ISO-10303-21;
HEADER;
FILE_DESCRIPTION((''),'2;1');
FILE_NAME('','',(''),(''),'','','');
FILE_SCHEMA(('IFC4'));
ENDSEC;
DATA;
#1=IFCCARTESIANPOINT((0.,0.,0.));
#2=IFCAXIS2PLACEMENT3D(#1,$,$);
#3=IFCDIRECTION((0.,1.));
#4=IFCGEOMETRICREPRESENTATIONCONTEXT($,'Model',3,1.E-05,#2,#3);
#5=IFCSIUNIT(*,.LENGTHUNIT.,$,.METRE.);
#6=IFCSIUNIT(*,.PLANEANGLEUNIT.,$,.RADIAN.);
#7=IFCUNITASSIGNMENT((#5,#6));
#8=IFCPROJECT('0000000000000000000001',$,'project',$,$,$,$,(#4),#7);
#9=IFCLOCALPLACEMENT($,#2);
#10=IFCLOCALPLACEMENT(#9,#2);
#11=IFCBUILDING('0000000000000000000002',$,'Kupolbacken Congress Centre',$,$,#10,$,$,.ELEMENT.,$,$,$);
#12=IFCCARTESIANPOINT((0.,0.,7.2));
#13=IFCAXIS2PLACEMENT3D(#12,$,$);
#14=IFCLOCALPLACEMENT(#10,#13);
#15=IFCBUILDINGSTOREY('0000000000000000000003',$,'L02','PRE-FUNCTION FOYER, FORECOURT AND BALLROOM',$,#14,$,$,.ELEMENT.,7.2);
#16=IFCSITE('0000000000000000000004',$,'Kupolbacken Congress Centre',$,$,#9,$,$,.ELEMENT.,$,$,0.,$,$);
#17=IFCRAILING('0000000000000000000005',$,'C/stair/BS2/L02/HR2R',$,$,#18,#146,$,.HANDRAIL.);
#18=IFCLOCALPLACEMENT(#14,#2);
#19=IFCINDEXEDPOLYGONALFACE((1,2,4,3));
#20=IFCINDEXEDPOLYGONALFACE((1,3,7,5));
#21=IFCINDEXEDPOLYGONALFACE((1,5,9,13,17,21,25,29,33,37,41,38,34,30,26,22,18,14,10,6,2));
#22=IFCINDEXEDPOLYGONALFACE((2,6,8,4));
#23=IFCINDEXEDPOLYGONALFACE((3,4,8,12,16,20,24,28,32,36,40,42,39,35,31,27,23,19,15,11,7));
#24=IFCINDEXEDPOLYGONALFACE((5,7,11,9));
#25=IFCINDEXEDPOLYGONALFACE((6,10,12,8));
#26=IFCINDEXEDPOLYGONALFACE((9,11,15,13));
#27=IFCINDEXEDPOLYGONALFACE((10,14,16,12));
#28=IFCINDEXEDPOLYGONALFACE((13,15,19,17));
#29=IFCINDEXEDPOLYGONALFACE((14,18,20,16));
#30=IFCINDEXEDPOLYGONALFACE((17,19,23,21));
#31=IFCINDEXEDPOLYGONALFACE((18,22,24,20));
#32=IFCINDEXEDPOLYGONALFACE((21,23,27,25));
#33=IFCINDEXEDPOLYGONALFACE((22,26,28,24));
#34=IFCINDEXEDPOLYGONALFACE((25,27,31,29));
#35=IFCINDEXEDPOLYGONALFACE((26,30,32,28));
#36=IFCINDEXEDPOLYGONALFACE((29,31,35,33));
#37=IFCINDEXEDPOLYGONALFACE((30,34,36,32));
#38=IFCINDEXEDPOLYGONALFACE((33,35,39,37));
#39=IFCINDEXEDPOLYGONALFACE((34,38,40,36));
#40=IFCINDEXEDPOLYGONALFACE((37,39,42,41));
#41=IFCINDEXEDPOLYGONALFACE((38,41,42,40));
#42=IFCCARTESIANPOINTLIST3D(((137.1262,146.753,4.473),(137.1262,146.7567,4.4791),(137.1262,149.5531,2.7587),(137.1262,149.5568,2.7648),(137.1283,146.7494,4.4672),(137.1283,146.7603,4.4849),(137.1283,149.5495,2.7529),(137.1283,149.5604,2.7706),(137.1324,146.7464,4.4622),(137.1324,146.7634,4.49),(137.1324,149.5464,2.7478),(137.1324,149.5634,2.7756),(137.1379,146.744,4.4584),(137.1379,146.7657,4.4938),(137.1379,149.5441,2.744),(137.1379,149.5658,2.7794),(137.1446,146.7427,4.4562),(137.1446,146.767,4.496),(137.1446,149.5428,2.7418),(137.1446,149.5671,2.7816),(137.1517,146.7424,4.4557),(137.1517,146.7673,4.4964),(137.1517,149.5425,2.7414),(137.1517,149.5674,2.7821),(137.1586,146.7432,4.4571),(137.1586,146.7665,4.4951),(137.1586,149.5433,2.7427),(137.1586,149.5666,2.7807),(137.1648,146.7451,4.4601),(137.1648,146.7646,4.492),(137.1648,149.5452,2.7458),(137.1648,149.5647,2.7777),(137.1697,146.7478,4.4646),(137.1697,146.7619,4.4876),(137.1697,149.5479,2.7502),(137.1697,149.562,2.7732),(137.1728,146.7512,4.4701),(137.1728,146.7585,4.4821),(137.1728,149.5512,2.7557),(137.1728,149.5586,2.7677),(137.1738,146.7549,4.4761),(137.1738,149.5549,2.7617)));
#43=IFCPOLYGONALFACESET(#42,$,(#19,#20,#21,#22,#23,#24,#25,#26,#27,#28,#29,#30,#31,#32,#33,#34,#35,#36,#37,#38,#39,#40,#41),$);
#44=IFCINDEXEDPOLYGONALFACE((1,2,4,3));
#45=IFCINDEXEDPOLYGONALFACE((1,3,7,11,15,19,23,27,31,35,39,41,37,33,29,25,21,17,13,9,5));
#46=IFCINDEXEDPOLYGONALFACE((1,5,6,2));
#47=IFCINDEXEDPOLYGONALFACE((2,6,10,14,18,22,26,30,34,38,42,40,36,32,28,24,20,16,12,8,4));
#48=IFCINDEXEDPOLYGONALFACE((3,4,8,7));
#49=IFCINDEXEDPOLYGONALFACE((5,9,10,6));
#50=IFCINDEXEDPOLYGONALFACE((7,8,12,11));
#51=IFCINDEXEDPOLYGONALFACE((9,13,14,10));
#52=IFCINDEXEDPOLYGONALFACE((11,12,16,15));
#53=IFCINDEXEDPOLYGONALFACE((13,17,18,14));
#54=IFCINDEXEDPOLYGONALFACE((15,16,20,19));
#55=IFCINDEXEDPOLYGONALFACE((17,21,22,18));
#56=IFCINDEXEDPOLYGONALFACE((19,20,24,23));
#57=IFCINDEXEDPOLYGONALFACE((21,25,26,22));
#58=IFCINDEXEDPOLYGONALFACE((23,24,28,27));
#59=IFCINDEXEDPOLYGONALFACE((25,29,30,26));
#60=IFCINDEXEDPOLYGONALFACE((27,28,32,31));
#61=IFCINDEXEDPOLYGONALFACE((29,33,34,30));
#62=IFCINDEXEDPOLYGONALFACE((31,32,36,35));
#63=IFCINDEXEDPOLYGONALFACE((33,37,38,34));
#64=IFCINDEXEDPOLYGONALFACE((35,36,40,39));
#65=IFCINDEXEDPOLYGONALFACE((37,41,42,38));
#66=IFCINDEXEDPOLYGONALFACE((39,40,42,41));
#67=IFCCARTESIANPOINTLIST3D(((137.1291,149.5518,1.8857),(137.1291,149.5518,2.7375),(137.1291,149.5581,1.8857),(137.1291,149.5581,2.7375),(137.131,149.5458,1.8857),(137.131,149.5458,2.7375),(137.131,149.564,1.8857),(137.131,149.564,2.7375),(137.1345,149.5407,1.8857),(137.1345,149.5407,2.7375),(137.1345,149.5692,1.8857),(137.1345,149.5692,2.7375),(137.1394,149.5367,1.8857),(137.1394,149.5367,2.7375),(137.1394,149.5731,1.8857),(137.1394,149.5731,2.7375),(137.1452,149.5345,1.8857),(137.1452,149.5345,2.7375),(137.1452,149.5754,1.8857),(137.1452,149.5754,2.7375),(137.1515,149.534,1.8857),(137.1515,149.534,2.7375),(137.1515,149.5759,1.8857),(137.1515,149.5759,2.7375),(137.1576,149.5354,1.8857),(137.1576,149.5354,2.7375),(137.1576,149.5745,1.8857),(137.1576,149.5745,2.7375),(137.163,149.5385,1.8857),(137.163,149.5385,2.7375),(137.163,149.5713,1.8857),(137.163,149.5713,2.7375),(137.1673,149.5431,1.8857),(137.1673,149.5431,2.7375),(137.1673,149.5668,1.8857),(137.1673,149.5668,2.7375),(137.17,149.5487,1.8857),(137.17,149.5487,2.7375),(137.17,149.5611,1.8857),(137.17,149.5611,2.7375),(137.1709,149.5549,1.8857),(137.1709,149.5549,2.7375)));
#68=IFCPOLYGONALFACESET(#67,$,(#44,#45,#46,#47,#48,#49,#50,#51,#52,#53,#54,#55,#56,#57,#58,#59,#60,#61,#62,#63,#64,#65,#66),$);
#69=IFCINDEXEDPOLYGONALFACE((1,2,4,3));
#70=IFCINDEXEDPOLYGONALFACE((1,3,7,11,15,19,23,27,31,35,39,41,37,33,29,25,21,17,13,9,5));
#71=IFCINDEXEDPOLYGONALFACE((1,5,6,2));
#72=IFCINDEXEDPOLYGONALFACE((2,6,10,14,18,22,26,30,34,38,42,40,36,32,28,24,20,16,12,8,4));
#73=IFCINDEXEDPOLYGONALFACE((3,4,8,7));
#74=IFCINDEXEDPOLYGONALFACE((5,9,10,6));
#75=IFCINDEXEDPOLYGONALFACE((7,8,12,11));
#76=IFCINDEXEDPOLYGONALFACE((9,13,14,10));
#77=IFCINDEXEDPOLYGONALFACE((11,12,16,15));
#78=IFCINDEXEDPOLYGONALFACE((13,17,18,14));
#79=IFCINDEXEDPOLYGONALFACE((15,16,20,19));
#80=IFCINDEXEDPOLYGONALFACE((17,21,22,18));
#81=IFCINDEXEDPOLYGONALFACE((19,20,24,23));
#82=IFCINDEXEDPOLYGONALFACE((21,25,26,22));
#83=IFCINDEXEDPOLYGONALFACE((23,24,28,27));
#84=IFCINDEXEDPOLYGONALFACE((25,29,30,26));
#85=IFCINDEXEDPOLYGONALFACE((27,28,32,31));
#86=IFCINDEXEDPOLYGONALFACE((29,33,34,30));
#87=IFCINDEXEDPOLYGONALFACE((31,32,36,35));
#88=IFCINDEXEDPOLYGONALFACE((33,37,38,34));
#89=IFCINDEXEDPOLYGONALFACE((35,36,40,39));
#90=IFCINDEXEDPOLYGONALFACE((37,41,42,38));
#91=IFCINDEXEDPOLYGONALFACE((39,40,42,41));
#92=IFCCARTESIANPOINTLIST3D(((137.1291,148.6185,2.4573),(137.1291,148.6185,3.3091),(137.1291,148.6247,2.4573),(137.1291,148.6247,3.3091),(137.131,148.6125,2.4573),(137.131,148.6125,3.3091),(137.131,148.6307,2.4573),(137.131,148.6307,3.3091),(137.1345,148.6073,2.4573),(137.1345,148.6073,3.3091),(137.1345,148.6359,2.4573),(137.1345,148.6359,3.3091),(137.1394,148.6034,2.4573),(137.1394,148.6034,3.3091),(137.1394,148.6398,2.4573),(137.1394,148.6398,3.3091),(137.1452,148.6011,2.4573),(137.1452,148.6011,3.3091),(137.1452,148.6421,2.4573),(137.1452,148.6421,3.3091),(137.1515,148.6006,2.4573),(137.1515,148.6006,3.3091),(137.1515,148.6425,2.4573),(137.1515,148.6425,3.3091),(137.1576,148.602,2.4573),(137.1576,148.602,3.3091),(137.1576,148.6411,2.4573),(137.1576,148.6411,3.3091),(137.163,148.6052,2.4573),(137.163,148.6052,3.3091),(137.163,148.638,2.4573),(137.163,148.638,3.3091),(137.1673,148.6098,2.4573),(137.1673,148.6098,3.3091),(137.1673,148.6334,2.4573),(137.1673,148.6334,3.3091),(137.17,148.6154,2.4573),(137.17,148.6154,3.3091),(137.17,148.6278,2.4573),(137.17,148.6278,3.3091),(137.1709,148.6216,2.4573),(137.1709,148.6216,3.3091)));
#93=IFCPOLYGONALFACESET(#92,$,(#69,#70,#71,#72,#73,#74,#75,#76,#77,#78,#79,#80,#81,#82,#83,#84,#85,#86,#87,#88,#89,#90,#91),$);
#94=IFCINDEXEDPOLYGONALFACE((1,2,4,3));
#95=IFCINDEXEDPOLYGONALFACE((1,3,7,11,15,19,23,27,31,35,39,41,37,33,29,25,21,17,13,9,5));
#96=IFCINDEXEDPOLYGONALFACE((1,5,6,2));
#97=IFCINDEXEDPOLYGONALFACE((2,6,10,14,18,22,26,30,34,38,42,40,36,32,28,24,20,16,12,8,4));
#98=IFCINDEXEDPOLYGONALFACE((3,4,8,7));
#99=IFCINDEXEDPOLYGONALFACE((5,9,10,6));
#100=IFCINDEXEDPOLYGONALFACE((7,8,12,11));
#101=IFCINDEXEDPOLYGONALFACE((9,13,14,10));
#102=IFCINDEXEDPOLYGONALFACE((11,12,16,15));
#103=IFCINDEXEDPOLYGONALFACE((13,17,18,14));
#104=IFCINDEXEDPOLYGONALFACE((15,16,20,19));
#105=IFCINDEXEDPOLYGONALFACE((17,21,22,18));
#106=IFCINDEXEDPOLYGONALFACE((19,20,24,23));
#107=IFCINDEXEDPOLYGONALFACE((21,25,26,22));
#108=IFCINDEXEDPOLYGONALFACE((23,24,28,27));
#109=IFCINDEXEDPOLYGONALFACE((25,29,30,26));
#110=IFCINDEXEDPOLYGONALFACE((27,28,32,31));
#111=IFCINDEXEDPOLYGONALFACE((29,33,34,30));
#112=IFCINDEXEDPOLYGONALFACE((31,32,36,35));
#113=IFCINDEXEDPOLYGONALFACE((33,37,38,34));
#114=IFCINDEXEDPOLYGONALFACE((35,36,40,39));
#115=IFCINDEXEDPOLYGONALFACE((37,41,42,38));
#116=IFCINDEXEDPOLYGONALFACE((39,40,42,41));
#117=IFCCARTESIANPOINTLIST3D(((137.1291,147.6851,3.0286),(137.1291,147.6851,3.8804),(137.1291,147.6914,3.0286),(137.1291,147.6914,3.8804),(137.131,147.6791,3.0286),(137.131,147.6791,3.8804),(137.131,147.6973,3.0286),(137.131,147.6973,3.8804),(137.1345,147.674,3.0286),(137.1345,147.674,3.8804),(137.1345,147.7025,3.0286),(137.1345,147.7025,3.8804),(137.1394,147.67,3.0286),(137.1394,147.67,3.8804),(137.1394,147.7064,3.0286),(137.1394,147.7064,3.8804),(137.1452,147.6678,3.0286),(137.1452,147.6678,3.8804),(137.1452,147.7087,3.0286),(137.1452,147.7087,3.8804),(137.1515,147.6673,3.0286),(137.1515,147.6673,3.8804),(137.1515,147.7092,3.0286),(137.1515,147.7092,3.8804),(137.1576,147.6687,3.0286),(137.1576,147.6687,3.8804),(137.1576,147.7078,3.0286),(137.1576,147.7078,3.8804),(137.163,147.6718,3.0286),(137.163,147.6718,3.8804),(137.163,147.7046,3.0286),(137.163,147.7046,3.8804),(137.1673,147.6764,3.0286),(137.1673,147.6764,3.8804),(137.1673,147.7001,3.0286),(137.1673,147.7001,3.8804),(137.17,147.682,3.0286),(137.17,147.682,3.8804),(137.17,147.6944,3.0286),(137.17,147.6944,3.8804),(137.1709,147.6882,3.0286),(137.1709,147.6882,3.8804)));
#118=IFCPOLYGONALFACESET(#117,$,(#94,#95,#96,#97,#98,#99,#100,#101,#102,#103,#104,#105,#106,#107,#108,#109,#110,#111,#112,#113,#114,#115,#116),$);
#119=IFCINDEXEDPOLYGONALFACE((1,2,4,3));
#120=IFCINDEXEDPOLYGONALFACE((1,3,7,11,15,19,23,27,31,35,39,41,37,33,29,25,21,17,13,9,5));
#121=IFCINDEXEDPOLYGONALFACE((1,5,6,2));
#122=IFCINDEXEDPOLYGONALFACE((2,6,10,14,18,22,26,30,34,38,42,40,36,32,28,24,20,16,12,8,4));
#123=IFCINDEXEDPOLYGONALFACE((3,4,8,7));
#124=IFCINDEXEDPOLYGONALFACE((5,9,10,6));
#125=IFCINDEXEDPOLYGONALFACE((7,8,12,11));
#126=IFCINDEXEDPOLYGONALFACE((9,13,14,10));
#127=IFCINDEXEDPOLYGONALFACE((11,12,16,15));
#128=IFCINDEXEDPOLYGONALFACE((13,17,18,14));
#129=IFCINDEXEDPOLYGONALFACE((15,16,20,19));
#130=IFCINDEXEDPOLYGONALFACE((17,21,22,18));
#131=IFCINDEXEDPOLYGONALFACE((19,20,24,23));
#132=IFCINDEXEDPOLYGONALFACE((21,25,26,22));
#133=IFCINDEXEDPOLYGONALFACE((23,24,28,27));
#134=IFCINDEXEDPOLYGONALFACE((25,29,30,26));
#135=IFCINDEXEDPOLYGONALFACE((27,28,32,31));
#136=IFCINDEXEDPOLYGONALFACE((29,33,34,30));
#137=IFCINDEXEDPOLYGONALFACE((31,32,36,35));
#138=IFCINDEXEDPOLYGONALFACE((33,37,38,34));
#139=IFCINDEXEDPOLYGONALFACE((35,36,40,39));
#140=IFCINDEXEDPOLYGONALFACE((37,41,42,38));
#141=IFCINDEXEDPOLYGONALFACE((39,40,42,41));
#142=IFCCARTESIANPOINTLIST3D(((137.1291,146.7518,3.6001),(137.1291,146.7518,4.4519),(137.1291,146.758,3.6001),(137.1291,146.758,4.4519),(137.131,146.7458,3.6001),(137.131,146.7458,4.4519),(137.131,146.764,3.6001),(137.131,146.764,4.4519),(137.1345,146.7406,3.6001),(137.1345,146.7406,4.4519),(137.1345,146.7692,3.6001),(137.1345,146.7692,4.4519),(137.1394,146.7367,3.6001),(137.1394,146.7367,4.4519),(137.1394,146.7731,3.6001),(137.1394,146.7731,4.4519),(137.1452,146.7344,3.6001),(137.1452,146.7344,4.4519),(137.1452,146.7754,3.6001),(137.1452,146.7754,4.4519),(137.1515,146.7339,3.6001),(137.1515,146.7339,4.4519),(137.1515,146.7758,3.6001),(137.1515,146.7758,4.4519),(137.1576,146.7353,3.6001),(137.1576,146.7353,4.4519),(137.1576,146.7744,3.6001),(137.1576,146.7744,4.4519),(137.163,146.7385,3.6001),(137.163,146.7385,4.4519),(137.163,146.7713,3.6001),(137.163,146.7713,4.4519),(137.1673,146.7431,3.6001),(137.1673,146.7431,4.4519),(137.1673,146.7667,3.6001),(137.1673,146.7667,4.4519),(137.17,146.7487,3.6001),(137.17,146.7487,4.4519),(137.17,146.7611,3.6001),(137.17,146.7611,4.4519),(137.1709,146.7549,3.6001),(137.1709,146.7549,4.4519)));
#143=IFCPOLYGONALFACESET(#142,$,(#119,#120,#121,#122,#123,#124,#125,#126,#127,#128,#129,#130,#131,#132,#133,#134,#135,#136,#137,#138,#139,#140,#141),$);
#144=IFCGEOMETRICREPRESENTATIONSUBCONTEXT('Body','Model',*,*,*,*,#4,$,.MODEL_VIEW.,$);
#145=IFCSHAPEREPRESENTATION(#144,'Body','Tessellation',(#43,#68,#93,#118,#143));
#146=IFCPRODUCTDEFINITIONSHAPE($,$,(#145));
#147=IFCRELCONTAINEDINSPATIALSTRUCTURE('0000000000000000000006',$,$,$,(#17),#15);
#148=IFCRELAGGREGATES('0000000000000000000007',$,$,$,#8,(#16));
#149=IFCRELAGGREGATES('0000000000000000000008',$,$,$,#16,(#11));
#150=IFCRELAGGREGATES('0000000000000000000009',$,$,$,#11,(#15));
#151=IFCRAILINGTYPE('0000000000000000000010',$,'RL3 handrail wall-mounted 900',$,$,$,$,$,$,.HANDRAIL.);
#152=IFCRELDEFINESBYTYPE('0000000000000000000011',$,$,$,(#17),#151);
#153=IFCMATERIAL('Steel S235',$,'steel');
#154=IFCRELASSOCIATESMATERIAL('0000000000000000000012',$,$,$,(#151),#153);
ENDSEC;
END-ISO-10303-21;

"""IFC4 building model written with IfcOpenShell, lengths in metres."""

from ifc_helpers import new_model, si_unit, direction, frame, origin, origin_2d, place, context, subcontext, project, spatial, circle, extrude, material, type_object, element, save


model = new_model("IFC4")

# Units and contexts
model_context = context("Model", 3, precision=1e-05, world=origin(), true_north=direction((0.0, 1.0)))
body_context = subcontext(model_context, "Body", "Model", "MODEL_VIEW")
ifc_project = project(units=[si_unit("LENGTHUNIT", "METRE"), si_unit("PLANEANGLEUNIT", "RADIAN")], contexts=[model_context])

# Site, building, storey
site_placement = place(None, origin())
site = spatial("IfcSite", under=ifc_project, at=site_placement, Name="Kupolbacken Congress Centre", CompositionType="ELEMENT", RefElevation=0.0)
building_placement = place(site_placement, origin())
building = spatial("IfcBuilding", under=site, at=building_placement, Name="Kupolbacken Congress Centre", CompositionType="ELEMENT")
storey_placement = place(building_placement, frame((0.0, 0.0, 7.2)))
storey = spatial("IfcBuildingStorey", under=building, at=storey_placement, Name="L02", Description="PRE-FUNCTION FOYER, FORECOURT AND BALLROOM", CompositionType="ELEMENT", Elevation=7.2)

# Railing
ifc_material_1 = material(Name="Steel S235", Category="steel")
railing_type_1 = type_object("IfcRailingType", Name="RL3 handrail wall-mounted 900", PredefinedType="HANDRAIL", material=ifc_material_1)
railing_1_placement = place(storey_placement, frame((137.1499, 149.5549, 1.8857)))
element("IfcRailing", 1, at=railing_1_placement, inside=storey, type_object=railing_type_1, Name="C/stair/BS2/L02/HR2R", PredefinedType="HANDRAIL", context=body_context, shape_type="SweptSolid", body=[
    extrude(circle(Radius=0.0239, at=origin_2d()), frame((0.0, 0.0, 0.876), z_axis=(0.0, -0.852846, 0.522163), x_axis=(1.0, 0.0, 0.0)), (0.0, 0.0, 1.0), 3.2832),
    extrude(circle(Radius=0.021, at=origin_2d()), origin(), (0.0, 0.0, 1.0), 0.8518),
    extrude(circle(Radius=0.021, at=origin_2d()), frame((0.0, -0.9333, 0.5715)), (0.0, 0.0, 1.0), 0.8518),
    extrude(circle(Radius=0.021, at=origin_2d()), frame((0.0, -1.8667, 1.1428)), (0.0, 0.0, 1.0), 0.8518),
    extrude(circle(Radius=0.021, at=origin_2d()), frame((0.0, -2.8, 1.7144)), (0.0, 0.0, 1.0), 0.8518),
])

save(model, "model.ifc")
